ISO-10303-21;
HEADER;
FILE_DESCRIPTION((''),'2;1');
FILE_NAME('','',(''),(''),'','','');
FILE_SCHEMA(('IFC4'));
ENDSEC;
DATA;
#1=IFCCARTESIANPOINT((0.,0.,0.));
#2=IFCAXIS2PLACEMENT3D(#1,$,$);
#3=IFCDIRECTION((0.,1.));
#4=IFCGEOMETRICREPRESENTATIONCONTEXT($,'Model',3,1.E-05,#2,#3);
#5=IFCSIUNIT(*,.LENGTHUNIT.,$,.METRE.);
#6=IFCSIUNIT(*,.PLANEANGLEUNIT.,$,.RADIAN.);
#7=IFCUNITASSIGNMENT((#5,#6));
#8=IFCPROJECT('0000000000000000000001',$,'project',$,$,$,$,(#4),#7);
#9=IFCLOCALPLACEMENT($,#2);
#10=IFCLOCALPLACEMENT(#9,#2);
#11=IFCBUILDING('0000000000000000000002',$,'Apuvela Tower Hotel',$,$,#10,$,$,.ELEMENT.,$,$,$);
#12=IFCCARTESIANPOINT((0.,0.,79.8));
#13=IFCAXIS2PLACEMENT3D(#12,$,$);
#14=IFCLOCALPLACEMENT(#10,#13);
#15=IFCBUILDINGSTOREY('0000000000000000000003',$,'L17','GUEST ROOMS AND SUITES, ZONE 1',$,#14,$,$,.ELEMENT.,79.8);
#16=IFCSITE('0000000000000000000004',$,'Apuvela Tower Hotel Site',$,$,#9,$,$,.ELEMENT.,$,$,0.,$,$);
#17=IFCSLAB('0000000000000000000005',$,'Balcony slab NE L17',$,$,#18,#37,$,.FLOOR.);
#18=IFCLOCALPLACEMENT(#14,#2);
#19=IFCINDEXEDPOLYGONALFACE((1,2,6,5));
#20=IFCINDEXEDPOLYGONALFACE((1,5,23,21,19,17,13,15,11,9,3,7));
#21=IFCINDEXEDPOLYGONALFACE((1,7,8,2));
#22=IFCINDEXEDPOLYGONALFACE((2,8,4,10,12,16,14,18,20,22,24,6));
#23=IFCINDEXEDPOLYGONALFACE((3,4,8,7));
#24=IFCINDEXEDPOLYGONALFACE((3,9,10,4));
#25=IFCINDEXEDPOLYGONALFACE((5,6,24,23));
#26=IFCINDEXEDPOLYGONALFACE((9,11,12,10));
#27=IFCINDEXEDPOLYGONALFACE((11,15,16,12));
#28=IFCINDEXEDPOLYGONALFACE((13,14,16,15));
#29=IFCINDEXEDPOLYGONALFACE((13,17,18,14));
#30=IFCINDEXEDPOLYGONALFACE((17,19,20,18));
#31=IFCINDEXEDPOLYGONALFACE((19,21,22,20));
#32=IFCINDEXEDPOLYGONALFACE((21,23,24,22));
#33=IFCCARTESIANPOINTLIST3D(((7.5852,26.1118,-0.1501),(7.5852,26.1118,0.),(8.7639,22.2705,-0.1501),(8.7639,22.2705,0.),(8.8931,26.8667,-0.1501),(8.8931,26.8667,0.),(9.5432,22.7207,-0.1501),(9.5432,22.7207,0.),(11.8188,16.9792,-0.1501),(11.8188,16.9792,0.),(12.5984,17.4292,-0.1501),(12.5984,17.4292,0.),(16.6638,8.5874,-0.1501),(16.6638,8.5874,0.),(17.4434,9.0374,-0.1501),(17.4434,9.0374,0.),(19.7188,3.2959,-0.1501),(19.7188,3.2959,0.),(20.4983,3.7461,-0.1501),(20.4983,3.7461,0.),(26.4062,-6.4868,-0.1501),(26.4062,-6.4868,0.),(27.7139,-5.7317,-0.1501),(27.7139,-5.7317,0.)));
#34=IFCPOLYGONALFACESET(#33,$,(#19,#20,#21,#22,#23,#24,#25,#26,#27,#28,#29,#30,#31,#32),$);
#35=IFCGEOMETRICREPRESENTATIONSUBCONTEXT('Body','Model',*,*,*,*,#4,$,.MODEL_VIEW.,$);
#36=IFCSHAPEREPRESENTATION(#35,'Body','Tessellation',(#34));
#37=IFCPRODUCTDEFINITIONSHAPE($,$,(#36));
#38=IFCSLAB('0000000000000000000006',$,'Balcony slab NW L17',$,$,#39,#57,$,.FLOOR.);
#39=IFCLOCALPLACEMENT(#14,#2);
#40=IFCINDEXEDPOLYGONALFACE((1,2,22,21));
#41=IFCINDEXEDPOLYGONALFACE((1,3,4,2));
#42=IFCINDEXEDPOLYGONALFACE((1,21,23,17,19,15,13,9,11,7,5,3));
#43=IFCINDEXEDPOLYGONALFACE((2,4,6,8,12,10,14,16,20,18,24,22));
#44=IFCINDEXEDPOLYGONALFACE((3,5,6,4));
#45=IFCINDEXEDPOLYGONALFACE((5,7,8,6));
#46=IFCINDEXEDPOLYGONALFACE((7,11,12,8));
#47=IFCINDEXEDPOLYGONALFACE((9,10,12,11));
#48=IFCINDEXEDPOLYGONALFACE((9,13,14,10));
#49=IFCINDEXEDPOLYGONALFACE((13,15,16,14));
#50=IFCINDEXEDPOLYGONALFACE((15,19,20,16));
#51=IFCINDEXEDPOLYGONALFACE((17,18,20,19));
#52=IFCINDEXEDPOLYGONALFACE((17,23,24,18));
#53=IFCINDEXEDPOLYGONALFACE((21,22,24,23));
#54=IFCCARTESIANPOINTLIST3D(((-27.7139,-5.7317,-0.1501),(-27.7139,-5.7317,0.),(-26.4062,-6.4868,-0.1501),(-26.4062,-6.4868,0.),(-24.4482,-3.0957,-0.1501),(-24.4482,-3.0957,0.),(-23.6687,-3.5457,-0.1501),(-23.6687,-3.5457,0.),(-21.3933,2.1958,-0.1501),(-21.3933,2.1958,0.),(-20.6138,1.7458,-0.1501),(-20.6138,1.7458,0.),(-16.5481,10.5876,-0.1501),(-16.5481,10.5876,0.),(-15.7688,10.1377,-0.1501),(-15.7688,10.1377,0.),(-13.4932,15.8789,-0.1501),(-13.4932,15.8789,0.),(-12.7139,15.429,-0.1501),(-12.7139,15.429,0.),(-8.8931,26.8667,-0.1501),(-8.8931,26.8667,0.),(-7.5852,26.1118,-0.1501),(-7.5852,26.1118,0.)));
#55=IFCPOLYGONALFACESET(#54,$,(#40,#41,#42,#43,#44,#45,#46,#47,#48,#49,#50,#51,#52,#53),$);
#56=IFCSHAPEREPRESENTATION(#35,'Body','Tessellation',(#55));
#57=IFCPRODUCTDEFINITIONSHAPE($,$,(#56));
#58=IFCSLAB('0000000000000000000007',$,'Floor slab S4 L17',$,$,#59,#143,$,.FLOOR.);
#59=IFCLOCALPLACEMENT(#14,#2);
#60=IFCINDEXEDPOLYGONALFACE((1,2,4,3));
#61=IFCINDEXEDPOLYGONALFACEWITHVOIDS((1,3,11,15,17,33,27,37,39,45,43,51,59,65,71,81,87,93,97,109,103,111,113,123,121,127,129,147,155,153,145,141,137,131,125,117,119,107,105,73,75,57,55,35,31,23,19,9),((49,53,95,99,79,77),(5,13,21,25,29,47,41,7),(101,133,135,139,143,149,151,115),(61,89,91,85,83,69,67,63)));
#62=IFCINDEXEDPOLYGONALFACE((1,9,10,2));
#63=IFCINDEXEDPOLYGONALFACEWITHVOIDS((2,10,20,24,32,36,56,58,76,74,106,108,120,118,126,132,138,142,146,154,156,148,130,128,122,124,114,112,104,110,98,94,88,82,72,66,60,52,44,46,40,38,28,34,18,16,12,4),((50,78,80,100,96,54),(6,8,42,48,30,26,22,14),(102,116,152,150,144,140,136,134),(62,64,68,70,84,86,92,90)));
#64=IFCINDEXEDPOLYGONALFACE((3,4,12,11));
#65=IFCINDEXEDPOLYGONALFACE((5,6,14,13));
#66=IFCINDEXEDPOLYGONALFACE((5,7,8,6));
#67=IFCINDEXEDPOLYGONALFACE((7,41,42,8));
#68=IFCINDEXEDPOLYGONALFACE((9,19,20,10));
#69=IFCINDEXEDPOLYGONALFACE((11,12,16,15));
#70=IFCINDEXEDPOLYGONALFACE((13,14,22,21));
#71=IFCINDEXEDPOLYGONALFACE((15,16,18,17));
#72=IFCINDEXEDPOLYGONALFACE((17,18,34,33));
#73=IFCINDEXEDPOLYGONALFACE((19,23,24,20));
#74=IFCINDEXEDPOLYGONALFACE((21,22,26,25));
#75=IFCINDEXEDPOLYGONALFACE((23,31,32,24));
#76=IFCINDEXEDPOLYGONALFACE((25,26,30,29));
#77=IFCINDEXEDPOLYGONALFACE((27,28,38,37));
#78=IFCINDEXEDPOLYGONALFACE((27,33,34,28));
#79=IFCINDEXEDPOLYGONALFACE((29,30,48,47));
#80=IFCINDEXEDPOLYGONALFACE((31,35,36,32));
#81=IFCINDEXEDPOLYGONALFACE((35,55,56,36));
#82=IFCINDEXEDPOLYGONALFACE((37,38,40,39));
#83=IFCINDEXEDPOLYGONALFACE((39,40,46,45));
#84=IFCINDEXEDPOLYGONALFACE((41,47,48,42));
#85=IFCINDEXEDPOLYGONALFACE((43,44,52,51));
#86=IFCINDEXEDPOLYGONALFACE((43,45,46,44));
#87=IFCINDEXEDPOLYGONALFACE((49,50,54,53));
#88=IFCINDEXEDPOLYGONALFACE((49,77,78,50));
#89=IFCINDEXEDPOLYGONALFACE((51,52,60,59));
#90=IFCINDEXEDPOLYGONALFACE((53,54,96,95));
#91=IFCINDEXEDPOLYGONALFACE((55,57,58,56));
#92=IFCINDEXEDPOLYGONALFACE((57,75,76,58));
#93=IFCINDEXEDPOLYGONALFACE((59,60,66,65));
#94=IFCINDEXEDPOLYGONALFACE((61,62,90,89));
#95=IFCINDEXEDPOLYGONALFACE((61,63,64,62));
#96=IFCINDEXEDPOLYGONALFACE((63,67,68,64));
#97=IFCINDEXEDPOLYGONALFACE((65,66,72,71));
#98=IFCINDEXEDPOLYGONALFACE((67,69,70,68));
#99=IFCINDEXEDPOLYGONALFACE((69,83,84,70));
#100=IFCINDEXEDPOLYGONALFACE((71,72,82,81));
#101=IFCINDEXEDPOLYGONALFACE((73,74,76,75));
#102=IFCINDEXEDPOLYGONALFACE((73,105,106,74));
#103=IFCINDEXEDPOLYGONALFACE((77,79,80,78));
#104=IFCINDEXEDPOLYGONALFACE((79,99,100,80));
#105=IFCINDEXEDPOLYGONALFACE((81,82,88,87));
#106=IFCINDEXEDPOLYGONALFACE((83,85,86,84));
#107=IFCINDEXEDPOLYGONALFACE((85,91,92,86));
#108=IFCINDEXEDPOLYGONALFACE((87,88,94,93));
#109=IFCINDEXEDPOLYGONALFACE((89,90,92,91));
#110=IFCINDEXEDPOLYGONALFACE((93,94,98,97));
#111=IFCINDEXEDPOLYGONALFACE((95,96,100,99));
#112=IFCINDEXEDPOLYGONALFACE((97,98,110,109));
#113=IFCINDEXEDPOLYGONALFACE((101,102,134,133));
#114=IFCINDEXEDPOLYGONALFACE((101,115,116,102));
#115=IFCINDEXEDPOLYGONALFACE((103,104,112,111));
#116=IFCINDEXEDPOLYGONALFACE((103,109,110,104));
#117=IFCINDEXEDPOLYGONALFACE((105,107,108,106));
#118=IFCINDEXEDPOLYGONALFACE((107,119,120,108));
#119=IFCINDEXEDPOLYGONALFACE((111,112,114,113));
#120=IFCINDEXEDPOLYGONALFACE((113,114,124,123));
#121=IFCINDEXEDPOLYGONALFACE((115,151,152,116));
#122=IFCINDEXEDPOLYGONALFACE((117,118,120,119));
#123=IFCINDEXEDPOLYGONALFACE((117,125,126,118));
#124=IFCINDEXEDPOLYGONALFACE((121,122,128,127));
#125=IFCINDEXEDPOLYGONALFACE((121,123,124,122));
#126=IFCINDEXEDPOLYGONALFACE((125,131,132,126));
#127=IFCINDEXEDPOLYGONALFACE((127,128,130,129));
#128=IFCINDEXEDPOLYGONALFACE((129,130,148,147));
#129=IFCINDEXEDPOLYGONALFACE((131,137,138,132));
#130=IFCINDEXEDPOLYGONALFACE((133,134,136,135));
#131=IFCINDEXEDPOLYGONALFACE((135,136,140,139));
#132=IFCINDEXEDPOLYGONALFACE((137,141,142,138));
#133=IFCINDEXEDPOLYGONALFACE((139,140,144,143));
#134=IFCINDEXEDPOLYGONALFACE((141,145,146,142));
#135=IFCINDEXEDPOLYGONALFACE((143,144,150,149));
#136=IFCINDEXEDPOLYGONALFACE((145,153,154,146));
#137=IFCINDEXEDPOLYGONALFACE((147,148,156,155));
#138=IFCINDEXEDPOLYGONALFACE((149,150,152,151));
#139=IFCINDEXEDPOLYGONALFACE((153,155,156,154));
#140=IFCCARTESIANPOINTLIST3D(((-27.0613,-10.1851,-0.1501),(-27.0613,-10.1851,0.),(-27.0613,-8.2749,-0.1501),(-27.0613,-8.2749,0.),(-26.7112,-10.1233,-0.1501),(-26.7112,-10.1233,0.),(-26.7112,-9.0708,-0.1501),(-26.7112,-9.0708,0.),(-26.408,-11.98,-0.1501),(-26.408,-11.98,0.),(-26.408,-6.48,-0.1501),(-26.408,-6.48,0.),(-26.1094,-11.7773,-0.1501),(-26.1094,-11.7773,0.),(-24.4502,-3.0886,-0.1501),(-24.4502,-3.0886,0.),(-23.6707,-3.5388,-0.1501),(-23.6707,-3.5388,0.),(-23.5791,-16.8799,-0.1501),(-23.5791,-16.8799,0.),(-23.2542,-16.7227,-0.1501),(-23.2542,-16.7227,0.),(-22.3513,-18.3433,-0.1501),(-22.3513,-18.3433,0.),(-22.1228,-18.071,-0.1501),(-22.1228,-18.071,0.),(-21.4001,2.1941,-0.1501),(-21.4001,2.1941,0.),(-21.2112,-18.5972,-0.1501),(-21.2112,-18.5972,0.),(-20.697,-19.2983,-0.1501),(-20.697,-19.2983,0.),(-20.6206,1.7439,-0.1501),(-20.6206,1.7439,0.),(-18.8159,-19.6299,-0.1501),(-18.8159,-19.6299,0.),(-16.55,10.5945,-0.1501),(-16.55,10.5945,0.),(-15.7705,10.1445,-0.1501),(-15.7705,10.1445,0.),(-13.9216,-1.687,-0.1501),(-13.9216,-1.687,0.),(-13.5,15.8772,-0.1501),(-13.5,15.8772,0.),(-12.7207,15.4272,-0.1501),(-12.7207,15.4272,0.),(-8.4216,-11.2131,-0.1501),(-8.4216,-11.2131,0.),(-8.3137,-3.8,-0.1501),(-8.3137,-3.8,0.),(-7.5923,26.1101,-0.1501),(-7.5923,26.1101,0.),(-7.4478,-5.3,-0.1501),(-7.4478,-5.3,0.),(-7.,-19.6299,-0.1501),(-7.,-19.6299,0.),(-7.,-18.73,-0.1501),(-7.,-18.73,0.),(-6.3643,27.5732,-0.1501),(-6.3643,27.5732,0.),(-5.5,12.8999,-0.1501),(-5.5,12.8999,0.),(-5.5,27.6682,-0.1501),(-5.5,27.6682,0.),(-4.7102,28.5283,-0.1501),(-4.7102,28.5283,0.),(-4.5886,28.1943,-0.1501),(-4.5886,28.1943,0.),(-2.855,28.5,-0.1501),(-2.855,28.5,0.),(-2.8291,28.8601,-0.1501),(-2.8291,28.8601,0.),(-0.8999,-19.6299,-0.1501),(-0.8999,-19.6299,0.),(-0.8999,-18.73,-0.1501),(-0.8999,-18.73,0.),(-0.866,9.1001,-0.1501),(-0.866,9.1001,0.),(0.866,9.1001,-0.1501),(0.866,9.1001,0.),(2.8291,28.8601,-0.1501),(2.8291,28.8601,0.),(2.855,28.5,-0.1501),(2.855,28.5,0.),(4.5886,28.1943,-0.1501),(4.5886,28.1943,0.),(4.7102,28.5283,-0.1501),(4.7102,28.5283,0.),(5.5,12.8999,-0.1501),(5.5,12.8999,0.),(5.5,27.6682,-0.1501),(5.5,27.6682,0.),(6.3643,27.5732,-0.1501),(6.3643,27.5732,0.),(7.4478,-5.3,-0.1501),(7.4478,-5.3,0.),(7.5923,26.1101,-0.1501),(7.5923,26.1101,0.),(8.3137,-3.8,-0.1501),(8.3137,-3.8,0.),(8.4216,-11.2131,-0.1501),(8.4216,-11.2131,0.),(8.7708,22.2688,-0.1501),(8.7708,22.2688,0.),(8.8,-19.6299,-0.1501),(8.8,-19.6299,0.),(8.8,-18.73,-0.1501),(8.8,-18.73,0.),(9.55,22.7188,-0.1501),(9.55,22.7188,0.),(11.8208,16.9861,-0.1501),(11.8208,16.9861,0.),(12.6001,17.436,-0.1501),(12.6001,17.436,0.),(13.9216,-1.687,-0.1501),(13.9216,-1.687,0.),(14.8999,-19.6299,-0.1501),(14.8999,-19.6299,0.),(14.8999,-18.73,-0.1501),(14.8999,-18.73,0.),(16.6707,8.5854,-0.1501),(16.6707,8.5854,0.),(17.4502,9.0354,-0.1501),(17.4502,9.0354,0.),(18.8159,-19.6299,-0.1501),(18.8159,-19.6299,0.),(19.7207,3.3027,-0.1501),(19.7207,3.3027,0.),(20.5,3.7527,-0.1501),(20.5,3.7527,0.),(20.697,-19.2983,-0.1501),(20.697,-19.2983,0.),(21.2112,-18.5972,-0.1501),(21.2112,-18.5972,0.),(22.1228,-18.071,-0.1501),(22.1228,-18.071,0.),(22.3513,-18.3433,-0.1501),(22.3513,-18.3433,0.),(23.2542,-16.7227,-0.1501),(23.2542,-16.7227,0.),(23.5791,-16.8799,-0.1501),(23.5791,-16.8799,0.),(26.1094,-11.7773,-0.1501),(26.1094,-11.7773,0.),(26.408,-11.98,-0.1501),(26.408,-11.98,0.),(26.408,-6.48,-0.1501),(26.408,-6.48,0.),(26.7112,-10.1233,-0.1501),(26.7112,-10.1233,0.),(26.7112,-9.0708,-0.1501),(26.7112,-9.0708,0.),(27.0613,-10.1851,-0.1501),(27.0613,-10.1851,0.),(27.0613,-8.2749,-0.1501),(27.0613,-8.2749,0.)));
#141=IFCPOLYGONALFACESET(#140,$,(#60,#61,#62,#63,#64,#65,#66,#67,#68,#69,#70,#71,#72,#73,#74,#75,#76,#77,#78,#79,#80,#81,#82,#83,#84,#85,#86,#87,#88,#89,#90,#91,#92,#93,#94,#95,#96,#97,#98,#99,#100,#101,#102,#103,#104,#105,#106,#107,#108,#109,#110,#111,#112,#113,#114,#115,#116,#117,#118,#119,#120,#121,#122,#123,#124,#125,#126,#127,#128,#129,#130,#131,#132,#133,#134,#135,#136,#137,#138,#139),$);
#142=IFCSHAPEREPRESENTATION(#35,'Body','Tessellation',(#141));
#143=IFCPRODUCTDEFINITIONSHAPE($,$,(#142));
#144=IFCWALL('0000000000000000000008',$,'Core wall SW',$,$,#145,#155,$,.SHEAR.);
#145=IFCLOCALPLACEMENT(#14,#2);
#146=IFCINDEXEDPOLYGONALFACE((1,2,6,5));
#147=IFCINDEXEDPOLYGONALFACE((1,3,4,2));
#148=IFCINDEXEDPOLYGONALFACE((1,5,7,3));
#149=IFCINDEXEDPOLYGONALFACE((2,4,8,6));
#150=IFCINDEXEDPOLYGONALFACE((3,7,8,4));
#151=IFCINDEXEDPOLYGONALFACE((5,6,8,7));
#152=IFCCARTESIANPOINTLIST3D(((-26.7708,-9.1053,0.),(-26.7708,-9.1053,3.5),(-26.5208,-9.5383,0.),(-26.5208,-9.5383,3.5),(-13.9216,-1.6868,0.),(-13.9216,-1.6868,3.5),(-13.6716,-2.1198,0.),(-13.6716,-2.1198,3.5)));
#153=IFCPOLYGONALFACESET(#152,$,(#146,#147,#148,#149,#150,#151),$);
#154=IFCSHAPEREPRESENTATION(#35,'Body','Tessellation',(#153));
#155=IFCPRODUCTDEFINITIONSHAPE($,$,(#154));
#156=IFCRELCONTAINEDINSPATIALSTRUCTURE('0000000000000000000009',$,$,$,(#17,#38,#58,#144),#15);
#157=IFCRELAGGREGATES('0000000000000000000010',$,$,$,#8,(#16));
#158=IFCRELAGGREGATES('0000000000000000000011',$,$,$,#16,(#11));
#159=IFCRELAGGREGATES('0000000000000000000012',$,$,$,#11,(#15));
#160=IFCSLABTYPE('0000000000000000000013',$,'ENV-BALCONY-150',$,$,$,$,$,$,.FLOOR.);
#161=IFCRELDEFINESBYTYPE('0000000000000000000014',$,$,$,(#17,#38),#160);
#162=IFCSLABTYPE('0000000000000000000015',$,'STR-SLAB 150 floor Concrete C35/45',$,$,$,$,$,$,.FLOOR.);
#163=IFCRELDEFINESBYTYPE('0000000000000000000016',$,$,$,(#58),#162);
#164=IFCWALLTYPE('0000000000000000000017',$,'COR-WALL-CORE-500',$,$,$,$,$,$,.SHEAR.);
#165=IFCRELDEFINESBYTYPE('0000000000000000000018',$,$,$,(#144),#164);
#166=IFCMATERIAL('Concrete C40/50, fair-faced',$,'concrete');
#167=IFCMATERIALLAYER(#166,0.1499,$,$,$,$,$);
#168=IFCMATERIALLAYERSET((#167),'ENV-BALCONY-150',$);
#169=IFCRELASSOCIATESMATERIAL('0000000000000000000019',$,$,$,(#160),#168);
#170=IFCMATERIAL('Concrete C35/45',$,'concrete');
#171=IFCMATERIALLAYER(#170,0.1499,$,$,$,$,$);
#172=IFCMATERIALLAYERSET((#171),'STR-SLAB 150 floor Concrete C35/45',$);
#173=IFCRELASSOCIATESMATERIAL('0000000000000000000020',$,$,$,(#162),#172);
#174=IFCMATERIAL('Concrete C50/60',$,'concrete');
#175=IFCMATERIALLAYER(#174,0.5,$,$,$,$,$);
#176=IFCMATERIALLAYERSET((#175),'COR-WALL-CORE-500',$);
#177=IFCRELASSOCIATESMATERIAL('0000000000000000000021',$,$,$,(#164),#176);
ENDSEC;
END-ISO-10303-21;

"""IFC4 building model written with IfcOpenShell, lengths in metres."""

from ifc_helpers import new_model, si_unit, direction, frame, frame_2d, origin, place, context, subcontext, project, spatial, polyline, rectangle, outline, extrude, material, layer, layer_set, type_object, element, save


model = new_model("IFC4")

# Units and contexts
model_context = context("Model", 3, precision=1e-05, world=origin(), true_north=direction((0.0, 1.0)))
body_context = subcontext(model_context, "Body", "Model", "MODEL_VIEW")
ifc_project = project(units=[si_unit("LENGTHUNIT", "METRE"), si_unit("PLANEANGLEUNIT", "RADIAN")], contexts=[model_context])

# Site, building, storey
site_placement = place(None, origin())
site = spatial("IfcSite", under=ifc_project, at=site_placement, Name="Apuvela Tower Hotel Site", CompositionType="ELEMENT", RefElevation=0.0)
building_placement = place(site_placement, origin())
building = spatial("IfcBuilding", under=site, at=building_placement, Name="Apuvela Tower Hotel", CompositionType="ELEMENT")
storey_placement = place(building_placement, frame((0.0, 0.0, 79.8)))
storey = spatial("IfcBuildingStorey", under=building, at=storey_placement, Name="L17", Description="GUEST ROOMS AND SUITES, ZONE 1", CompositionType="ELEMENT", Elevation=79.8)

# Shared definitions
ifc_material_1 = material(Name="Concrete C50/60", Category="concrete")

# Slabs
ifc_material_2 = material(Name="Concrete C40/50, fair-faced", Category="concrete")
ifc_layer_1 = layer(ifc_material_2, 0.1499)
ifc_layer_set_1 = layer_set([ifc_layer_1], Name="ENV-BALCONY-150")
slab_type_1 = type_object("IfcSlabType", Name="ENV-BALCONY-150", PredefinedType="FLOOR", material=ifc_layer_set_1)
slab_1_placement = place(storey_placement, frame((0.0, 0.0, -0.1501)))
element("IfcSlab", 1, at=slab_1_placement, inside=storey, type_object=slab_type_1, Name="Balcony slab NE L17", PredefinedType="FLOOR", context=body_context, shape_type="SweptSolid", body=[
    extrude(outline(polyline([(17.4434, 9.0374), (12.5984, 17.4292), (11.8188, 16.9792), (8.7639, 22.2705), (9.5432, 22.7207), (7.5852, 26.1118), (8.8931, 26.8667), (27.7139, -5.7317), (26.4062, -6.4868), (20.4983, 3.7461), (19.7188, 3.2959), (16.6638, 8.5874), (17.4434, 9.0374)])), origin(), (0.0, 0.0, 1.0), 0.1501),
])
slab_2_placement = place(storey_placement, frame((0.0, 0.0, -0.1501)))
element("IfcSlab", 2, at=slab_2_placement, inside=storey, type_object=slab_type_1, Name="Balcony slab NW L17", PredefinedType="FLOOR", context=body_context, shape_type="SweptSolid", body=[
    extrude(outline(polyline([(-27.7139, -5.7317), (-8.8931, 26.8667), (-7.5852, 26.1118), (-13.4932, 15.8789), (-12.7139, 15.429), (-15.7688, 10.1377), (-16.5481, 10.5876), (-21.3933, 2.1958), (-20.6138, 1.7458), (-23.6687, -3.5457), (-24.4482, -3.0957), (-26.4062, -6.4868), (-27.7139, -5.7317)])), origin(), (0.0, 0.0, 1.0), 0.1501),
])
ifc_material_3 = material(Name="Concrete C35/45", Category="concrete")
ifc_layer_2 = layer(ifc_material_3, 0.1499)
ifc_layer_set_2 = layer_set([ifc_layer_2], Name="STR-SLAB 150 floor Concrete C35/45")
slab_type_2 = type_object("IfcSlabType", Name="STR-SLAB 150 floor Concrete C35/45", PredefinedType="FLOOR", material=ifc_layer_set_2)
slab_3_placement = place(storey_placement, frame((0.0, 0.0, -0.1501)))
element("IfcSlab", 3, at=slab_3_placement, inside=storey, type_object=slab_type_2, Name="Floor slab S4 L17", PredefinedType="FLOOR", context=body_context, shape_type="SweptSolid", body=[
    extrude(outline(polyline([(-6.3643, 27.5732), (-4.7102, 28.5283), (-2.8291, 28.8601), (2.8291, 28.8601), (4.7102, 28.5283), (6.3643, 27.5732), (7.5923, 26.1101), (9.55, 22.7188), (8.7708, 22.2688), (11.8208, 16.9861), (12.6001, 17.436), (17.4502, 9.0354), (16.6707, 8.5854), (19.7207, 3.3027), (20.5, 3.7527), (26.408, -6.48), (27.0613, -8.2749), (27.0613, -10.1851), (26.408, -11.98), (23.5791, -16.8799), (22.3513, -18.3433), (20.697, -19.2983), (18.8159, -19.6299), (14.8999, -19.6299), (14.8999, -18.73), (8.8, -18.73), (8.8, -19.6299), (-0.8999, -19.6299), (-0.8999, -18.73), (-7.0, -18.73), (-7.0, -19.6299), (-18.8159, -19.6299), (-20.697, -19.2983), (-22.3513, -18.3433), (-23.5791, -16.8799), (-26.408, -11.98), (-27.0613, -10.1851), (-27.0613, -8.2749), (-26.408, -6.48), (-24.4502, -3.0886), (-23.6707, -3.5388), (-20.6206, 1.7439), (-21.4001, 2.1941), (-16.55, 10.5945), (-15.7705, 10.1445), (-12.7207, 15.4272), (-13.5, 15.8772), (-7.5923, 26.1101), (-6.3643, 27.5732)]), holes=[polyline([(0.866, 9.1001), (-0.866, 9.1001), (-8.3137, -3.8), (-7.4478, -5.3), (7.4478, -5.3), (8.3137, -3.8), (0.866, 9.1001)]), polyline([(-5.5, 12.8999), (-5.5, 27.6682), (-4.5886, 28.1943), (-2.855, 28.5), (2.855, 28.5), (4.5886, 28.1943), (5.5, 27.6682), (5.5, 12.8999), (-5.5, 12.8999)]), polyline([(-8.4216, -11.2131), (-21.2112, -18.5972), (-22.1228, -18.071), (-23.2542, -16.7227), (-26.1094, -11.7773), (-26.7112, -10.1233), (-26.7112, -9.0708), (-13.9216, -1.687), (-8.4216, -11.2131)]), polyline([(13.9216, -1.687), (26.7112, -9.0708), (26.7112, -10.1233), (26.1094, -11.7773), (23.2542, -16.7227), (22.1228, -18.071), (21.2112, -18.5972), (8.4216, -11.2131), (13.9216, -1.687)])]), origin(), (0.0, 0.0, 1.0), 0.1501),
])

# Wall
ifc_layer_3 = layer(ifc_material_1, 0.5)
ifc_layer_set_3 = layer_set([ifc_layer_3], Name="COR-WALL-CORE-500")
wall_type_1 = type_object("IfcWallType", Name="COR-WALL-CORE-500", PredefinedType="SHEAR", material=ifc_layer_set_3)
wall_1_placement = place(storey_placement, frame((-13.7966, -1.9033, 0.0), z_axis=(0.0, 0.0, 1.0), x_axis=(-0.866025, -0.500001, 0.0)))
element("IfcWall", 4, at=wall_1_placement, inside=storey, type_object=wall_type_1, Name="Core wall SW", PredefinedType="SHEAR", context=body_context, shape_type="SweptSolid", body=[
    extrude(rectangle(XDim=14.8369, YDim=0.5, at=frame_2d((7.4185, 0.0))), origin(), (0.0, 0.0, 1.0), 3.5),
])

save(model, "model.ifc")
